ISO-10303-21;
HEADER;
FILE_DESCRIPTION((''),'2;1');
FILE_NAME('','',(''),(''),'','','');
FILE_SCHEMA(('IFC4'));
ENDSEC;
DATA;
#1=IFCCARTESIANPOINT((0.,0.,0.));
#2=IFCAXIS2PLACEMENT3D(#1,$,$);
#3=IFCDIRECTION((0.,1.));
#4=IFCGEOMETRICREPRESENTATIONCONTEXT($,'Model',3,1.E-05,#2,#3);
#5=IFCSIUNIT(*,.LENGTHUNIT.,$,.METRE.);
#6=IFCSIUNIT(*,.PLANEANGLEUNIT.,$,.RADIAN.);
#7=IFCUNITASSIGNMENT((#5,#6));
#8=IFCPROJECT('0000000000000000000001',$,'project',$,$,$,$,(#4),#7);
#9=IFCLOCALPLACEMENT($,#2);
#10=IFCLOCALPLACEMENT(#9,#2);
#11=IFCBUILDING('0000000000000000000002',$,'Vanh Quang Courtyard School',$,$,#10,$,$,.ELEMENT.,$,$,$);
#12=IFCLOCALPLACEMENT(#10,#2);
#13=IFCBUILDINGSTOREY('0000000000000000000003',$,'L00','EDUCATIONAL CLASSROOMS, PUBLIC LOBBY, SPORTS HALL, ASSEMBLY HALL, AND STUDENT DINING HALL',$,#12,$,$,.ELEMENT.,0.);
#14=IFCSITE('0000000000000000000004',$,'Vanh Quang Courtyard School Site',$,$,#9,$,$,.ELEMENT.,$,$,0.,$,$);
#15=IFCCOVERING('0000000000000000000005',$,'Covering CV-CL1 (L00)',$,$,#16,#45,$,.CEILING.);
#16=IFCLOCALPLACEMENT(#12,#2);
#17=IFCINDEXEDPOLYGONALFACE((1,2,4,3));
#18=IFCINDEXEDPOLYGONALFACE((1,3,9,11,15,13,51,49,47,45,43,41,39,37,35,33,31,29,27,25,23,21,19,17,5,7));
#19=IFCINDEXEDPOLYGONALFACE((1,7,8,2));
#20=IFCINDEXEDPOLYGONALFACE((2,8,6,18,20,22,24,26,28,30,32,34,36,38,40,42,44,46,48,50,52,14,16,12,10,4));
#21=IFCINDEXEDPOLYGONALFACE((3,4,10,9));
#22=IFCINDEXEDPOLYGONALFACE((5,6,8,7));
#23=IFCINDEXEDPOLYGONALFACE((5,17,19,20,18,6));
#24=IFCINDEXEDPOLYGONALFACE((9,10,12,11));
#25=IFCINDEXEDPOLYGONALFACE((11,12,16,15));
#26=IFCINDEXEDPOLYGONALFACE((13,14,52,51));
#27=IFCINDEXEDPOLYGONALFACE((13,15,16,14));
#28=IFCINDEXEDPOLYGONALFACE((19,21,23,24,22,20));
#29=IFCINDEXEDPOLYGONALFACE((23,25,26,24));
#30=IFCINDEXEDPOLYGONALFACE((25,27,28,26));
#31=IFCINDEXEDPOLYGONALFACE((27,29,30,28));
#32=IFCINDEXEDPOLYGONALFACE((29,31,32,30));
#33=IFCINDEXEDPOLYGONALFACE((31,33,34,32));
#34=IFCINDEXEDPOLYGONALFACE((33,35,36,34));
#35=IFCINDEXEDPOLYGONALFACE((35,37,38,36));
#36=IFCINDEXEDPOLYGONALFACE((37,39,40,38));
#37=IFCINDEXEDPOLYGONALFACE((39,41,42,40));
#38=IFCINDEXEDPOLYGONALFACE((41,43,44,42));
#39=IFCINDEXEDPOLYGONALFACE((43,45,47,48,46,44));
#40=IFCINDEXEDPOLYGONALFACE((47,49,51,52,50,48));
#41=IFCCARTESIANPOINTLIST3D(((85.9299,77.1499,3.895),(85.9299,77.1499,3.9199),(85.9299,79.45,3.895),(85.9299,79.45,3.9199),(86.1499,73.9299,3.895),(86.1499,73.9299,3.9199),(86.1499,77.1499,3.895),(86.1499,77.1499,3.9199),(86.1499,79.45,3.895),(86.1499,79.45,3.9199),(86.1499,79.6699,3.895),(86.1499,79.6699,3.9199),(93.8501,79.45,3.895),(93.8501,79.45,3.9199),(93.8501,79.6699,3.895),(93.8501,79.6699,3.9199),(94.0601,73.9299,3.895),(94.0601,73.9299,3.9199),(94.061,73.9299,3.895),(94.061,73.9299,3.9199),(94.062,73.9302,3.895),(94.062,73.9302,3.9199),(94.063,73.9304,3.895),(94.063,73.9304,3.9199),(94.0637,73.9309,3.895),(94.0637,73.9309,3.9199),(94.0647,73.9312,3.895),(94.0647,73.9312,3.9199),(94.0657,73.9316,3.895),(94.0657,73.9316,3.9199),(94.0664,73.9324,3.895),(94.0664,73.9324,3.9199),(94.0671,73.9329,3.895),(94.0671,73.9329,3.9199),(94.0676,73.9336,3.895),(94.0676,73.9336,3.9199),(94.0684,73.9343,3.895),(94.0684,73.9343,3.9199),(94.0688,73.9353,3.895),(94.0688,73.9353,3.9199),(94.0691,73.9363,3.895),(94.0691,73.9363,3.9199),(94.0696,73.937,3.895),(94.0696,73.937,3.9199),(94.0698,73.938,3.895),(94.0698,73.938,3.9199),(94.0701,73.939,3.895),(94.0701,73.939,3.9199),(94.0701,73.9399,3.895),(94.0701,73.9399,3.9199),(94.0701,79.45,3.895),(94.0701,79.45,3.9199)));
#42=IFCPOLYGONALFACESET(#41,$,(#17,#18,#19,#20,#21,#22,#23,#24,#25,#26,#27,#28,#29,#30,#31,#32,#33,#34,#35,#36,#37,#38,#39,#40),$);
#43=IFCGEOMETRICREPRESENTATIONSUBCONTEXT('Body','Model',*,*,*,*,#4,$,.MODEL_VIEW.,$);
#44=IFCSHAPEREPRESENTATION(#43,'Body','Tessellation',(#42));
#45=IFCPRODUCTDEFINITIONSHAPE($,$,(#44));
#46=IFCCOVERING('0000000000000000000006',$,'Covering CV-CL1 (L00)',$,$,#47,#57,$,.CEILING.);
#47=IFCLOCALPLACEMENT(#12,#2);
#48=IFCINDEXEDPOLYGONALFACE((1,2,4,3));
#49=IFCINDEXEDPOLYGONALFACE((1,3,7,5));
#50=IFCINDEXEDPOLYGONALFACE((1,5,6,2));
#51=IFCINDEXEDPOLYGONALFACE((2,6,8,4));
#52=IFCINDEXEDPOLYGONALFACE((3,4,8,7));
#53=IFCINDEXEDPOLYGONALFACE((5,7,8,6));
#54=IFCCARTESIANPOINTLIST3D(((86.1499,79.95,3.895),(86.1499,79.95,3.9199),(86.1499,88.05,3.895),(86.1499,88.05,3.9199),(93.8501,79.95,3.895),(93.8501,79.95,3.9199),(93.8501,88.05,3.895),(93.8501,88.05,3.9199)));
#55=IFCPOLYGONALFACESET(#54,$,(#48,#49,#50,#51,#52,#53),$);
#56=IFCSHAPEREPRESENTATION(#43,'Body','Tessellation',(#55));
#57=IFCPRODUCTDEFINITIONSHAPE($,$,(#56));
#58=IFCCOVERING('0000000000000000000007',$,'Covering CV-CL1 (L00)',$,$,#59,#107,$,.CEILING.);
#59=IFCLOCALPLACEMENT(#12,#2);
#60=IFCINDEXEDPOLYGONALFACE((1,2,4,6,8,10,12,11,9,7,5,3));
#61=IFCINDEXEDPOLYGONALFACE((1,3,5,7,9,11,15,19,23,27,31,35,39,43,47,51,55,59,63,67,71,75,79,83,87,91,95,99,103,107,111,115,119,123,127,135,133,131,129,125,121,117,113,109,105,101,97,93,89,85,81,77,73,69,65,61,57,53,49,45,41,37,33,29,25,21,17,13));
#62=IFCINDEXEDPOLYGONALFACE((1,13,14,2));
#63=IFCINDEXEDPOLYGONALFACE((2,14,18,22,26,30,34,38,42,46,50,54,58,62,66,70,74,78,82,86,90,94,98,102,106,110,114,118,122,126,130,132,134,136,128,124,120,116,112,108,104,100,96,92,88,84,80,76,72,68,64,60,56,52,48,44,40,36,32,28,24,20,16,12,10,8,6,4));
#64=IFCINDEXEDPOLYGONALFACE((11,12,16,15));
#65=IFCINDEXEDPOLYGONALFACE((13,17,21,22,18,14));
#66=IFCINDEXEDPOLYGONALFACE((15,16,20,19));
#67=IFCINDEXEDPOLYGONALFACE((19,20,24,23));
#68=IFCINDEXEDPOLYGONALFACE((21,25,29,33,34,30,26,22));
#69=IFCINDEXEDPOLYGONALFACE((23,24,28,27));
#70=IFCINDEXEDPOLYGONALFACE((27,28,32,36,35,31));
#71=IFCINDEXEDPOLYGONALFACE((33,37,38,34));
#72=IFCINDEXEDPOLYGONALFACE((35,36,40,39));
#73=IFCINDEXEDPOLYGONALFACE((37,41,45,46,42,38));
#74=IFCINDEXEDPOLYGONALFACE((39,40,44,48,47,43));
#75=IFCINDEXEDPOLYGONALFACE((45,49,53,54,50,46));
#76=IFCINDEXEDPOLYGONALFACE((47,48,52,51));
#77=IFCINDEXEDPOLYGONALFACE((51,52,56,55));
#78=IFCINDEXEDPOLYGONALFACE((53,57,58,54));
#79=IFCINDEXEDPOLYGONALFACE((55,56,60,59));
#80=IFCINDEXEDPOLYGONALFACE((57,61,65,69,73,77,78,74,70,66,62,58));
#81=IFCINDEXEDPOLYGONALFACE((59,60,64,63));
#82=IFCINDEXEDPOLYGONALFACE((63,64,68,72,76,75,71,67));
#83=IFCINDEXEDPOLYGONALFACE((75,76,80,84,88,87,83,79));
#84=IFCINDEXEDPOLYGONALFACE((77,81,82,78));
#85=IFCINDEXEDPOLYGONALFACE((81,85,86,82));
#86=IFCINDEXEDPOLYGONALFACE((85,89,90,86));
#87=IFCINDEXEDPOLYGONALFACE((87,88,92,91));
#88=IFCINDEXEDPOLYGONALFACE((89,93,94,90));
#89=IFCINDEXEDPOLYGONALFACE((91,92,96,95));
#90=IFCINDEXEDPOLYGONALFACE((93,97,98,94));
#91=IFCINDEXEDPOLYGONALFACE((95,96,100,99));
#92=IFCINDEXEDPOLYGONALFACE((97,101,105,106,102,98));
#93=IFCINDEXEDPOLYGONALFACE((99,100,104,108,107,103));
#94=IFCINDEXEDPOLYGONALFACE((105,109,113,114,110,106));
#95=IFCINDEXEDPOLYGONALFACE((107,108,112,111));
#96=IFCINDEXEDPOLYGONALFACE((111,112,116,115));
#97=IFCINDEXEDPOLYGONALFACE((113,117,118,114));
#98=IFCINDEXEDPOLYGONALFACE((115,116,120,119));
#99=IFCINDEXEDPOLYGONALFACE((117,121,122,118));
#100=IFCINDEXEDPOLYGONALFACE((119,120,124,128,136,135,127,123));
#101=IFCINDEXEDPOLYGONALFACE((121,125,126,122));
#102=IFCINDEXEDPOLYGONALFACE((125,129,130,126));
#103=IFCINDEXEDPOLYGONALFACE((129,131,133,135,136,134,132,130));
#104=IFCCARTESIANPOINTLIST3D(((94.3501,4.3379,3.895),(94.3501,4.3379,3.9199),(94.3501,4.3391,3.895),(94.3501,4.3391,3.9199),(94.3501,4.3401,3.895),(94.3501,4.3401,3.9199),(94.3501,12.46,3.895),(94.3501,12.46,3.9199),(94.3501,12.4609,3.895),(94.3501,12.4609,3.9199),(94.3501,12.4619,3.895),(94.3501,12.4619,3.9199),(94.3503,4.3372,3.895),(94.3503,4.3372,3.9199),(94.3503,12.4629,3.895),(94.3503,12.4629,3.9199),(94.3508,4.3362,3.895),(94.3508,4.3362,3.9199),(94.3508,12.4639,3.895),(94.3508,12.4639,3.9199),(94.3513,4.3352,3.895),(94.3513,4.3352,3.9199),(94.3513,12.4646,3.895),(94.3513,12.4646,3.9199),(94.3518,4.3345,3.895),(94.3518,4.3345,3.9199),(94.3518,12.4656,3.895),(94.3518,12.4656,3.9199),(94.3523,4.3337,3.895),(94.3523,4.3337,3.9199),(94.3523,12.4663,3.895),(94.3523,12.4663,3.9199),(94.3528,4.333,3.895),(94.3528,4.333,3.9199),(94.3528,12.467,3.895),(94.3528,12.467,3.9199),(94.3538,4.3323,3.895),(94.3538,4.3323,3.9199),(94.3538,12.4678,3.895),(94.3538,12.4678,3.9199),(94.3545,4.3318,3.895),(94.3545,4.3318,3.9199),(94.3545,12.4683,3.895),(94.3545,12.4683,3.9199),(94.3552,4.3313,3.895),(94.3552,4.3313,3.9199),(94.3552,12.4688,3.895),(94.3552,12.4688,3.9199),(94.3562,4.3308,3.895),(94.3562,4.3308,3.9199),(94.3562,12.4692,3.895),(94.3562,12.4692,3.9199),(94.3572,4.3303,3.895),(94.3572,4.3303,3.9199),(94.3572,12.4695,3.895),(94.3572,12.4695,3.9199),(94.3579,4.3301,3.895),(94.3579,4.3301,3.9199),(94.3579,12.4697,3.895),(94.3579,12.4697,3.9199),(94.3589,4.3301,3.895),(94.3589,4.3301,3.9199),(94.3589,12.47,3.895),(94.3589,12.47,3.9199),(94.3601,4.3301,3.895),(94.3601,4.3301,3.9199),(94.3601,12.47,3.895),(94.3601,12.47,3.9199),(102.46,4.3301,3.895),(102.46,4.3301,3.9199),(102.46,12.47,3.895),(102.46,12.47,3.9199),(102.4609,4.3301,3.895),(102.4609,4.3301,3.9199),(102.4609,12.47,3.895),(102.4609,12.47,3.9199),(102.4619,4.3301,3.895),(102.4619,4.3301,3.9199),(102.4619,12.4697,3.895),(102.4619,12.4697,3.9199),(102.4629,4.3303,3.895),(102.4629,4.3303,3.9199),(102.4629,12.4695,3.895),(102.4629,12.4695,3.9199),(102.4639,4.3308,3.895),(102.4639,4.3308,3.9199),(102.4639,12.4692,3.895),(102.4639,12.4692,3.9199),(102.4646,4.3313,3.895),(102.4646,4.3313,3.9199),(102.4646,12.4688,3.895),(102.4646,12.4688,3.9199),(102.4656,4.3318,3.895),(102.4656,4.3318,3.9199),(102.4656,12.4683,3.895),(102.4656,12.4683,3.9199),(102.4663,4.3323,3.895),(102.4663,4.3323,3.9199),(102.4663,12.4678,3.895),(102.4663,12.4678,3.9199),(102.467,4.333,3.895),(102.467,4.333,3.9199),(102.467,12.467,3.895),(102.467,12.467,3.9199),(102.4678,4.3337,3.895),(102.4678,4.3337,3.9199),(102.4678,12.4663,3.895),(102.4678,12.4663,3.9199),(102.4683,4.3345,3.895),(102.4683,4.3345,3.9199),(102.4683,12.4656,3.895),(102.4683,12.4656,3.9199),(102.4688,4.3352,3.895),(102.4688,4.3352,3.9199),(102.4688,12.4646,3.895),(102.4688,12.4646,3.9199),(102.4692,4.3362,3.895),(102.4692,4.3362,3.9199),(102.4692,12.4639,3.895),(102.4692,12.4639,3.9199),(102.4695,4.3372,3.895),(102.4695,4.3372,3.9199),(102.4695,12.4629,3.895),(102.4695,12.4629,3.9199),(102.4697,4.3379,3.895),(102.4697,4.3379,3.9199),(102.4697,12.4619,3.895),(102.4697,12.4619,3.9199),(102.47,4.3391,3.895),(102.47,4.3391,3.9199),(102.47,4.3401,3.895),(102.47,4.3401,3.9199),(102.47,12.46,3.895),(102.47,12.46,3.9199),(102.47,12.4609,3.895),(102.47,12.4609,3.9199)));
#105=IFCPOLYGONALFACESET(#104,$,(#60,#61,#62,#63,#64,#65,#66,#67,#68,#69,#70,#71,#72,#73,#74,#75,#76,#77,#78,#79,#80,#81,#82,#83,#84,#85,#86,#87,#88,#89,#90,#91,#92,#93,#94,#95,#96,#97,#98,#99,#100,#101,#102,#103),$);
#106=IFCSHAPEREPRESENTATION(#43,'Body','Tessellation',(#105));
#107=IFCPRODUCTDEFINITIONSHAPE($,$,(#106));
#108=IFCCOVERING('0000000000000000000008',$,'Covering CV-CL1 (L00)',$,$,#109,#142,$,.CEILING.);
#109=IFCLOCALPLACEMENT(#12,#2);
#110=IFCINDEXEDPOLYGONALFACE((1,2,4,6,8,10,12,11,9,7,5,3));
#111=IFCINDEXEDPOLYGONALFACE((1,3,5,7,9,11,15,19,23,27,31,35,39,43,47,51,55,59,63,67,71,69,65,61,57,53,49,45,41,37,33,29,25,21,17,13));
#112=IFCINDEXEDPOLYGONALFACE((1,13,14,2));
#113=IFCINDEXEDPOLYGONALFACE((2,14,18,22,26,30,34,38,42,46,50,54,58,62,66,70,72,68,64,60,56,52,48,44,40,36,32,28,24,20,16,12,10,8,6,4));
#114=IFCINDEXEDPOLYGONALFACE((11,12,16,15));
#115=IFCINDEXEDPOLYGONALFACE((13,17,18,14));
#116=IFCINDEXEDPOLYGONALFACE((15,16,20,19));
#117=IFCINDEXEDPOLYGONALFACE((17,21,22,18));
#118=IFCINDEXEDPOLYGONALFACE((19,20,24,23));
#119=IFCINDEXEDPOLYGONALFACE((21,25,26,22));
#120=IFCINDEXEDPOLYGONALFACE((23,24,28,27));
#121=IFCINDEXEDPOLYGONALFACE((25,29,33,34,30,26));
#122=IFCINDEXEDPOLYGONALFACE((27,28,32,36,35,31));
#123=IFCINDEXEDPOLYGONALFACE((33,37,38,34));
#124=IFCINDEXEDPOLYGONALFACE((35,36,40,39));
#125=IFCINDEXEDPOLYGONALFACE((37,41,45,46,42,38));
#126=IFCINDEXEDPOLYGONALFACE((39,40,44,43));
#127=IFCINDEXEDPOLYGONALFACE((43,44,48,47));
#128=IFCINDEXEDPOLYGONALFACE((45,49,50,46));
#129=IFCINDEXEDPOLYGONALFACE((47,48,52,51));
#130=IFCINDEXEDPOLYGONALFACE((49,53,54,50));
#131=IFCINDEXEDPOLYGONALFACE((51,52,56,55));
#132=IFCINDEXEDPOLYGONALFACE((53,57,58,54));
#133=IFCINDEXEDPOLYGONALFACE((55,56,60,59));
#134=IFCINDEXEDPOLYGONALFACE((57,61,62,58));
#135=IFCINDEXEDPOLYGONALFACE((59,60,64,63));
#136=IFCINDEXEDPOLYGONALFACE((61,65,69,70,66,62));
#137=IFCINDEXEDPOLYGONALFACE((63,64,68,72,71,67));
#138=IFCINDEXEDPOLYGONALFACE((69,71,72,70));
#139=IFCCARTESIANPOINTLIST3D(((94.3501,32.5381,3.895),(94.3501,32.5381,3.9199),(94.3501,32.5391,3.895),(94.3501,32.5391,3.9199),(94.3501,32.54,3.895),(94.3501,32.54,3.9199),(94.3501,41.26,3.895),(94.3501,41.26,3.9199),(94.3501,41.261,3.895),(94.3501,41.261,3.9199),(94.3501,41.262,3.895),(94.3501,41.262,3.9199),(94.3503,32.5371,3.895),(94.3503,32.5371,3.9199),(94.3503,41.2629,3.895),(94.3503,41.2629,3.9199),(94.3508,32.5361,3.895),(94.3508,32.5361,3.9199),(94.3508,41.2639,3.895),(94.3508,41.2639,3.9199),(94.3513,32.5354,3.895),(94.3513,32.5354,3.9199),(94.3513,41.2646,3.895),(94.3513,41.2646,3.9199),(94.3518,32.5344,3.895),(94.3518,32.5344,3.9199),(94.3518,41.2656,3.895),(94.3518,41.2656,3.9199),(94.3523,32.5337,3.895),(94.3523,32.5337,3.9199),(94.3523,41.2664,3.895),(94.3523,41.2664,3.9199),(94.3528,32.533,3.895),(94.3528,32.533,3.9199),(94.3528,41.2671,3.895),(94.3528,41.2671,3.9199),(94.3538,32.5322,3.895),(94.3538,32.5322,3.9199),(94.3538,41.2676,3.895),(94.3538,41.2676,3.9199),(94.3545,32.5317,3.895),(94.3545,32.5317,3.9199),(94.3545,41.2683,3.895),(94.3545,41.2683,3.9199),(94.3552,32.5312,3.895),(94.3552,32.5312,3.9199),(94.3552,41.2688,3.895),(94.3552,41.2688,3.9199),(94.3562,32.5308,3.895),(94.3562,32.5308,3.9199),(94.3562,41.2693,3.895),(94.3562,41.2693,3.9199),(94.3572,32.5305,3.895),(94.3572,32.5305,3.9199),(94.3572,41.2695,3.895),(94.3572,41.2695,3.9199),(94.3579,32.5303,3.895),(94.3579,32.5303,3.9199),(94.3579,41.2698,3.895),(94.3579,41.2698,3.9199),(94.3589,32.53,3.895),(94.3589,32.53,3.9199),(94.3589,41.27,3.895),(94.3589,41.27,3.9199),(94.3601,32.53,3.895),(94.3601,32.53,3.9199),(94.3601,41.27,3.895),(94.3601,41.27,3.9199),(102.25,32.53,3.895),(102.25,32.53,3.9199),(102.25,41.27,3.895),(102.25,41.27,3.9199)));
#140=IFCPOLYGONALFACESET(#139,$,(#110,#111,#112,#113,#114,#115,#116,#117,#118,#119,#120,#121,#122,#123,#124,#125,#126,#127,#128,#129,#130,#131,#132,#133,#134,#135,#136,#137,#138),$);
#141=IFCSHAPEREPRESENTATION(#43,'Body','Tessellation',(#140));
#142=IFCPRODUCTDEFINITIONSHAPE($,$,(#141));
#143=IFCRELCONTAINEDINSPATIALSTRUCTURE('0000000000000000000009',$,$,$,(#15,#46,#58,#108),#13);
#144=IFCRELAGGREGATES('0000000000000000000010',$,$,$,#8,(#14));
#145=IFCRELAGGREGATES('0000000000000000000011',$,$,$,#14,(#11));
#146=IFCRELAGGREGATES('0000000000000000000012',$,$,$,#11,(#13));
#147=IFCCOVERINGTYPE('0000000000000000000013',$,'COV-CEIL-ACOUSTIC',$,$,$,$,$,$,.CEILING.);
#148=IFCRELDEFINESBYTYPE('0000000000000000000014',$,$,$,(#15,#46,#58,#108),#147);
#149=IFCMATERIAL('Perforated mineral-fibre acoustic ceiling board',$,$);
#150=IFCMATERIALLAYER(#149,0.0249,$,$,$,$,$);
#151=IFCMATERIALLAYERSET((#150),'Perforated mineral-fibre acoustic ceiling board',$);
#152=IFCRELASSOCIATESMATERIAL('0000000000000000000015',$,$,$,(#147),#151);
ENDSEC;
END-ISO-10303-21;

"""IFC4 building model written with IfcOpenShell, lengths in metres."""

from ifc_helpers import new_model, si_unit, direction, frame, origin, place, context, subcontext, project, spatial, polyline, outline, extrude, material, layer, layer_set, type_object, element, save


model = new_model("IFC4")

# Units and contexts
model_context = context("Model", 3, precision=1e-05, world=origin(), true_north=direction((0.0, 1.0)))
body_context = subcontext(model_context, "Body", "Model", "MODEL_VIEW")
ifc_project = project(units=[si_unit("LENGTHUNIT", "METRE"), si_unit("PLANEANGLEUNIT", "RADIAN")], contexts=[model_context])

# Site, building, storey
site_placement = place(None, origin())
site = spatial("IfcSite", under=ifc_project, at=site_placement, Name="Vanh Quang Courtyard School Site", CompositionType="ELEMENT", RefElevation=0.0)
building_placement = place(site_placement, origin())
building = spatial("IfcBuilding", under=site, at=building_placement, Name="Vanh Quang Courtyard School", CompositionType="ELEMENT")
storey_placement = place(building_placement, origin())
storey = spatial("IfcBuildingStorey", under=building, at=storey_placement, Name="L00", Description="EDUCATIONAL CLASSROOMS, PUBLIC LOBBY, SPORTS HALL, ASSEMBLY HALL, AND STUDENT DINING HALL", CompositionType="ELEMENT", Elevation=0.0)

# Coverings
ifc_material_1 = material(Name="Perforated mineral-fibre acoustic ceiling board")
ifc_layer_1 = layer(ifc_material_1, 0.0249)
ifc_layer_set_1 = layer_set([ifc_layer_1], Name="Perforated mineral-fibre acoustic ceiling board")
covering_type = type_object("IfcCoveringType", Name="COV-CEIL-ACOUSTIC", PredefinedType="CEILING", material=ifc_layer_set_1)
covering_1_placement = place(storey_placement, frame((0.0, 0.0, 3.895)))
element("IfcCovering", 1, at=covering_1_placement, inside=storey, type_object=covering_type, Name="Covering CV-CL1 (L00)", PredefinedType="CEILING", context=body_context, shape_type="SweptSolid", body=[
    extrude(outline(polyline([(85.9299, 79.45), (86.1499, 79.45), (86.1499, 79.6699), (93.8501, 79.6699), (93.8501, 79.45), (94.0701, 79.45), (94.0701, 73.9399), (94.0701, 73.939), (94.0698, 73.938), (94.0696, 73.937), (94.0691, 73.9363), (94.0688, 73.9353), (94.0684, 73.9343), (94.0676, 73.9336), (94.0671, 73.9329), (94.0664, 73.9324), (94.0657, 73.9316), (94.0647, 73.9312), (94.0637, 73.9309), (94.063, 73.9304), (94.062, 73.9302), (94.061, 73.9299), (94.0601, 73.9299), (86.1499, 73.9299), (86.1499, 77.1499), (85.9299, 77.1499), (85.9299, 79.45)])), origin(), (0.0, 0.0, 1.0), 0.0249),
])
covering_2_placement = place(storey_placement, frame((0.0, 0.0, 3.895)))
element("IfcCovering", 2, at=covering_2_placement, inside=storey, type_object=covering_type, Name="Covering CV-CL1 (L00)", PredefinedType="CEILING", context=body_context, shape_type="SweptSolid", body=[
    extrude(outline(polyline([(86.1499, 79.95), (86.1499, 88.05), (93.8501, 88.05), (93.8501, 79.95), (86.1499, 79.95)])), origin(), (0.0, 0.0, 1.0), 0.0249),
])
covering_3_placement = place(storey_placement, frame((0.0, 0.0, 3.895)))
element("IfcCovering", 3, at=covering_3_placement, inside=storey, type_object=covering_type, Name="Covering CV-CL1 (L00)", PredefinedType="CEILING", context=body_context, shape_type="SweptSolid", body=[
    extrude(outline(polyline([(94.3501, 12.46), (94.3501, 12.4609), (94.3501, 12.4619), (94.3503, 12.4629), (94.3508, 12.4639), (94.3513, 12.4646), (94.3518, 12.4656), (94.3523, 12.4663), (94.3528, 12.467), (94.3538, 12.4678), (94.3545, 12.4683), (94.3552, 12.4688), (94.3562, 12.4692), (94.3572, 12.4695), (94.3579, 12.4697), (94.3589, 12.47), (94.3601, 12.47), (102.46, 12.47), (102.4609, 12.47), (102.4619, 12.4697), (102.4629, 12.4695), (102.4639, 12.4692), (102.4646, 12.4688), (102.4656, 12.4683), (102.4663, 12.4678), (102.467, 12.467), (102.4678, 12.4663), (102.4683, 12.4656), (102.4688, 12.4646), (102.4692, 12.4639), (102.4695, 12.4629), (102.4697, 12.4619), (102.47, 12.4609), (102.47, 12.46), (102.47, 4.3401), (102.47, 4.3391), (102.4697, 4.3379), (102.4695, 4.3372), (102.4692, 4.3362), (102.4688, 4.3352), (102.4683, 4.3345), (102.4678, 4.3337), (102.467, 4.333), (102.4663, 4.3323), (102.4656, 4.3318), (102.4646, 4.3313), (102.4639, 4.3308), (102.4629, 4.3303), (102.4619, 4.3301), (102.4609, 4.3301), (102.46, 4.3301), (94.3601, 4.3301), (94.3589, 4.3301), (94.3579, 4.3301), (94.3572, 4.3303), (94.3562, 4.3308), (94.3552, 4.3313), (94.3545, 4.3318), (94.3538, 4.3323), (94.3528, 4.333), (94.3523, 4.3337), (94.3518, 4.3345), (94.3513, 4.3352), (94.3508, 4.3362), (94.3503, 4.3372), (94.3501, 4.3379), (94.3501, 4.3391), (94.3501, 4.3401), (94.3501, 12.46)])), origin(), (0.0, 0.0, 1.0), 0.0249),
])
covering_4_placement = place(storey_placement, frame((0.0, 0.0, 3.895)))
element("IfcCovering", 4, at=covering_4_placement, inside=storey, type_object=covering_type, Name="Covering CV-CL1 (L00)", PredefinedType="CEILING", context=body_context, shape_type="SweptSolid", body=[
    extrude(outline(polyline([(94.3601, 32.53), (94.3589, 32.53), (94.3579, 32.5303), (94.3572, 32.5305), (94.3562, 32.5308), (94.3552, 32.5312), (94.3545, 32.5317), (94.3538, 32.5322), (94.3528, 32.533), (94.3523, 32.5337), (94.3518, 32.5344), (94.3513, 32.5354), (94.3508, 32.5361), (94.3503, 32.5371), (94.3501, 32.5381), (94.3501, 32.5391), (94.3501, 32.54), (94.3501, 41.26), (94.3501, 41.261), (94.3501, 41.262), (94.3503, 41.2629), (94.3508, 41.2639), (94.3513, 41.2646), (94.3518, 41.2656), (94.3523, 41.2664), (94.3528, 41.2671), (94.3538, 41.2676), (94.3545, 41.2683), (94.3552, 41.2688), (94.3562, 41.2693), (94.3572, 41.2695), (94.3579, 41.2698), (94.3589, 41.27), (94.3601, 41.27), (102.25, 41.27), (102.25, 32.53), (94.3601, 32.53)])), origin(), (0.0, 0.0, 1.0), 0.0249),
])

save(model, "model.ifc")
